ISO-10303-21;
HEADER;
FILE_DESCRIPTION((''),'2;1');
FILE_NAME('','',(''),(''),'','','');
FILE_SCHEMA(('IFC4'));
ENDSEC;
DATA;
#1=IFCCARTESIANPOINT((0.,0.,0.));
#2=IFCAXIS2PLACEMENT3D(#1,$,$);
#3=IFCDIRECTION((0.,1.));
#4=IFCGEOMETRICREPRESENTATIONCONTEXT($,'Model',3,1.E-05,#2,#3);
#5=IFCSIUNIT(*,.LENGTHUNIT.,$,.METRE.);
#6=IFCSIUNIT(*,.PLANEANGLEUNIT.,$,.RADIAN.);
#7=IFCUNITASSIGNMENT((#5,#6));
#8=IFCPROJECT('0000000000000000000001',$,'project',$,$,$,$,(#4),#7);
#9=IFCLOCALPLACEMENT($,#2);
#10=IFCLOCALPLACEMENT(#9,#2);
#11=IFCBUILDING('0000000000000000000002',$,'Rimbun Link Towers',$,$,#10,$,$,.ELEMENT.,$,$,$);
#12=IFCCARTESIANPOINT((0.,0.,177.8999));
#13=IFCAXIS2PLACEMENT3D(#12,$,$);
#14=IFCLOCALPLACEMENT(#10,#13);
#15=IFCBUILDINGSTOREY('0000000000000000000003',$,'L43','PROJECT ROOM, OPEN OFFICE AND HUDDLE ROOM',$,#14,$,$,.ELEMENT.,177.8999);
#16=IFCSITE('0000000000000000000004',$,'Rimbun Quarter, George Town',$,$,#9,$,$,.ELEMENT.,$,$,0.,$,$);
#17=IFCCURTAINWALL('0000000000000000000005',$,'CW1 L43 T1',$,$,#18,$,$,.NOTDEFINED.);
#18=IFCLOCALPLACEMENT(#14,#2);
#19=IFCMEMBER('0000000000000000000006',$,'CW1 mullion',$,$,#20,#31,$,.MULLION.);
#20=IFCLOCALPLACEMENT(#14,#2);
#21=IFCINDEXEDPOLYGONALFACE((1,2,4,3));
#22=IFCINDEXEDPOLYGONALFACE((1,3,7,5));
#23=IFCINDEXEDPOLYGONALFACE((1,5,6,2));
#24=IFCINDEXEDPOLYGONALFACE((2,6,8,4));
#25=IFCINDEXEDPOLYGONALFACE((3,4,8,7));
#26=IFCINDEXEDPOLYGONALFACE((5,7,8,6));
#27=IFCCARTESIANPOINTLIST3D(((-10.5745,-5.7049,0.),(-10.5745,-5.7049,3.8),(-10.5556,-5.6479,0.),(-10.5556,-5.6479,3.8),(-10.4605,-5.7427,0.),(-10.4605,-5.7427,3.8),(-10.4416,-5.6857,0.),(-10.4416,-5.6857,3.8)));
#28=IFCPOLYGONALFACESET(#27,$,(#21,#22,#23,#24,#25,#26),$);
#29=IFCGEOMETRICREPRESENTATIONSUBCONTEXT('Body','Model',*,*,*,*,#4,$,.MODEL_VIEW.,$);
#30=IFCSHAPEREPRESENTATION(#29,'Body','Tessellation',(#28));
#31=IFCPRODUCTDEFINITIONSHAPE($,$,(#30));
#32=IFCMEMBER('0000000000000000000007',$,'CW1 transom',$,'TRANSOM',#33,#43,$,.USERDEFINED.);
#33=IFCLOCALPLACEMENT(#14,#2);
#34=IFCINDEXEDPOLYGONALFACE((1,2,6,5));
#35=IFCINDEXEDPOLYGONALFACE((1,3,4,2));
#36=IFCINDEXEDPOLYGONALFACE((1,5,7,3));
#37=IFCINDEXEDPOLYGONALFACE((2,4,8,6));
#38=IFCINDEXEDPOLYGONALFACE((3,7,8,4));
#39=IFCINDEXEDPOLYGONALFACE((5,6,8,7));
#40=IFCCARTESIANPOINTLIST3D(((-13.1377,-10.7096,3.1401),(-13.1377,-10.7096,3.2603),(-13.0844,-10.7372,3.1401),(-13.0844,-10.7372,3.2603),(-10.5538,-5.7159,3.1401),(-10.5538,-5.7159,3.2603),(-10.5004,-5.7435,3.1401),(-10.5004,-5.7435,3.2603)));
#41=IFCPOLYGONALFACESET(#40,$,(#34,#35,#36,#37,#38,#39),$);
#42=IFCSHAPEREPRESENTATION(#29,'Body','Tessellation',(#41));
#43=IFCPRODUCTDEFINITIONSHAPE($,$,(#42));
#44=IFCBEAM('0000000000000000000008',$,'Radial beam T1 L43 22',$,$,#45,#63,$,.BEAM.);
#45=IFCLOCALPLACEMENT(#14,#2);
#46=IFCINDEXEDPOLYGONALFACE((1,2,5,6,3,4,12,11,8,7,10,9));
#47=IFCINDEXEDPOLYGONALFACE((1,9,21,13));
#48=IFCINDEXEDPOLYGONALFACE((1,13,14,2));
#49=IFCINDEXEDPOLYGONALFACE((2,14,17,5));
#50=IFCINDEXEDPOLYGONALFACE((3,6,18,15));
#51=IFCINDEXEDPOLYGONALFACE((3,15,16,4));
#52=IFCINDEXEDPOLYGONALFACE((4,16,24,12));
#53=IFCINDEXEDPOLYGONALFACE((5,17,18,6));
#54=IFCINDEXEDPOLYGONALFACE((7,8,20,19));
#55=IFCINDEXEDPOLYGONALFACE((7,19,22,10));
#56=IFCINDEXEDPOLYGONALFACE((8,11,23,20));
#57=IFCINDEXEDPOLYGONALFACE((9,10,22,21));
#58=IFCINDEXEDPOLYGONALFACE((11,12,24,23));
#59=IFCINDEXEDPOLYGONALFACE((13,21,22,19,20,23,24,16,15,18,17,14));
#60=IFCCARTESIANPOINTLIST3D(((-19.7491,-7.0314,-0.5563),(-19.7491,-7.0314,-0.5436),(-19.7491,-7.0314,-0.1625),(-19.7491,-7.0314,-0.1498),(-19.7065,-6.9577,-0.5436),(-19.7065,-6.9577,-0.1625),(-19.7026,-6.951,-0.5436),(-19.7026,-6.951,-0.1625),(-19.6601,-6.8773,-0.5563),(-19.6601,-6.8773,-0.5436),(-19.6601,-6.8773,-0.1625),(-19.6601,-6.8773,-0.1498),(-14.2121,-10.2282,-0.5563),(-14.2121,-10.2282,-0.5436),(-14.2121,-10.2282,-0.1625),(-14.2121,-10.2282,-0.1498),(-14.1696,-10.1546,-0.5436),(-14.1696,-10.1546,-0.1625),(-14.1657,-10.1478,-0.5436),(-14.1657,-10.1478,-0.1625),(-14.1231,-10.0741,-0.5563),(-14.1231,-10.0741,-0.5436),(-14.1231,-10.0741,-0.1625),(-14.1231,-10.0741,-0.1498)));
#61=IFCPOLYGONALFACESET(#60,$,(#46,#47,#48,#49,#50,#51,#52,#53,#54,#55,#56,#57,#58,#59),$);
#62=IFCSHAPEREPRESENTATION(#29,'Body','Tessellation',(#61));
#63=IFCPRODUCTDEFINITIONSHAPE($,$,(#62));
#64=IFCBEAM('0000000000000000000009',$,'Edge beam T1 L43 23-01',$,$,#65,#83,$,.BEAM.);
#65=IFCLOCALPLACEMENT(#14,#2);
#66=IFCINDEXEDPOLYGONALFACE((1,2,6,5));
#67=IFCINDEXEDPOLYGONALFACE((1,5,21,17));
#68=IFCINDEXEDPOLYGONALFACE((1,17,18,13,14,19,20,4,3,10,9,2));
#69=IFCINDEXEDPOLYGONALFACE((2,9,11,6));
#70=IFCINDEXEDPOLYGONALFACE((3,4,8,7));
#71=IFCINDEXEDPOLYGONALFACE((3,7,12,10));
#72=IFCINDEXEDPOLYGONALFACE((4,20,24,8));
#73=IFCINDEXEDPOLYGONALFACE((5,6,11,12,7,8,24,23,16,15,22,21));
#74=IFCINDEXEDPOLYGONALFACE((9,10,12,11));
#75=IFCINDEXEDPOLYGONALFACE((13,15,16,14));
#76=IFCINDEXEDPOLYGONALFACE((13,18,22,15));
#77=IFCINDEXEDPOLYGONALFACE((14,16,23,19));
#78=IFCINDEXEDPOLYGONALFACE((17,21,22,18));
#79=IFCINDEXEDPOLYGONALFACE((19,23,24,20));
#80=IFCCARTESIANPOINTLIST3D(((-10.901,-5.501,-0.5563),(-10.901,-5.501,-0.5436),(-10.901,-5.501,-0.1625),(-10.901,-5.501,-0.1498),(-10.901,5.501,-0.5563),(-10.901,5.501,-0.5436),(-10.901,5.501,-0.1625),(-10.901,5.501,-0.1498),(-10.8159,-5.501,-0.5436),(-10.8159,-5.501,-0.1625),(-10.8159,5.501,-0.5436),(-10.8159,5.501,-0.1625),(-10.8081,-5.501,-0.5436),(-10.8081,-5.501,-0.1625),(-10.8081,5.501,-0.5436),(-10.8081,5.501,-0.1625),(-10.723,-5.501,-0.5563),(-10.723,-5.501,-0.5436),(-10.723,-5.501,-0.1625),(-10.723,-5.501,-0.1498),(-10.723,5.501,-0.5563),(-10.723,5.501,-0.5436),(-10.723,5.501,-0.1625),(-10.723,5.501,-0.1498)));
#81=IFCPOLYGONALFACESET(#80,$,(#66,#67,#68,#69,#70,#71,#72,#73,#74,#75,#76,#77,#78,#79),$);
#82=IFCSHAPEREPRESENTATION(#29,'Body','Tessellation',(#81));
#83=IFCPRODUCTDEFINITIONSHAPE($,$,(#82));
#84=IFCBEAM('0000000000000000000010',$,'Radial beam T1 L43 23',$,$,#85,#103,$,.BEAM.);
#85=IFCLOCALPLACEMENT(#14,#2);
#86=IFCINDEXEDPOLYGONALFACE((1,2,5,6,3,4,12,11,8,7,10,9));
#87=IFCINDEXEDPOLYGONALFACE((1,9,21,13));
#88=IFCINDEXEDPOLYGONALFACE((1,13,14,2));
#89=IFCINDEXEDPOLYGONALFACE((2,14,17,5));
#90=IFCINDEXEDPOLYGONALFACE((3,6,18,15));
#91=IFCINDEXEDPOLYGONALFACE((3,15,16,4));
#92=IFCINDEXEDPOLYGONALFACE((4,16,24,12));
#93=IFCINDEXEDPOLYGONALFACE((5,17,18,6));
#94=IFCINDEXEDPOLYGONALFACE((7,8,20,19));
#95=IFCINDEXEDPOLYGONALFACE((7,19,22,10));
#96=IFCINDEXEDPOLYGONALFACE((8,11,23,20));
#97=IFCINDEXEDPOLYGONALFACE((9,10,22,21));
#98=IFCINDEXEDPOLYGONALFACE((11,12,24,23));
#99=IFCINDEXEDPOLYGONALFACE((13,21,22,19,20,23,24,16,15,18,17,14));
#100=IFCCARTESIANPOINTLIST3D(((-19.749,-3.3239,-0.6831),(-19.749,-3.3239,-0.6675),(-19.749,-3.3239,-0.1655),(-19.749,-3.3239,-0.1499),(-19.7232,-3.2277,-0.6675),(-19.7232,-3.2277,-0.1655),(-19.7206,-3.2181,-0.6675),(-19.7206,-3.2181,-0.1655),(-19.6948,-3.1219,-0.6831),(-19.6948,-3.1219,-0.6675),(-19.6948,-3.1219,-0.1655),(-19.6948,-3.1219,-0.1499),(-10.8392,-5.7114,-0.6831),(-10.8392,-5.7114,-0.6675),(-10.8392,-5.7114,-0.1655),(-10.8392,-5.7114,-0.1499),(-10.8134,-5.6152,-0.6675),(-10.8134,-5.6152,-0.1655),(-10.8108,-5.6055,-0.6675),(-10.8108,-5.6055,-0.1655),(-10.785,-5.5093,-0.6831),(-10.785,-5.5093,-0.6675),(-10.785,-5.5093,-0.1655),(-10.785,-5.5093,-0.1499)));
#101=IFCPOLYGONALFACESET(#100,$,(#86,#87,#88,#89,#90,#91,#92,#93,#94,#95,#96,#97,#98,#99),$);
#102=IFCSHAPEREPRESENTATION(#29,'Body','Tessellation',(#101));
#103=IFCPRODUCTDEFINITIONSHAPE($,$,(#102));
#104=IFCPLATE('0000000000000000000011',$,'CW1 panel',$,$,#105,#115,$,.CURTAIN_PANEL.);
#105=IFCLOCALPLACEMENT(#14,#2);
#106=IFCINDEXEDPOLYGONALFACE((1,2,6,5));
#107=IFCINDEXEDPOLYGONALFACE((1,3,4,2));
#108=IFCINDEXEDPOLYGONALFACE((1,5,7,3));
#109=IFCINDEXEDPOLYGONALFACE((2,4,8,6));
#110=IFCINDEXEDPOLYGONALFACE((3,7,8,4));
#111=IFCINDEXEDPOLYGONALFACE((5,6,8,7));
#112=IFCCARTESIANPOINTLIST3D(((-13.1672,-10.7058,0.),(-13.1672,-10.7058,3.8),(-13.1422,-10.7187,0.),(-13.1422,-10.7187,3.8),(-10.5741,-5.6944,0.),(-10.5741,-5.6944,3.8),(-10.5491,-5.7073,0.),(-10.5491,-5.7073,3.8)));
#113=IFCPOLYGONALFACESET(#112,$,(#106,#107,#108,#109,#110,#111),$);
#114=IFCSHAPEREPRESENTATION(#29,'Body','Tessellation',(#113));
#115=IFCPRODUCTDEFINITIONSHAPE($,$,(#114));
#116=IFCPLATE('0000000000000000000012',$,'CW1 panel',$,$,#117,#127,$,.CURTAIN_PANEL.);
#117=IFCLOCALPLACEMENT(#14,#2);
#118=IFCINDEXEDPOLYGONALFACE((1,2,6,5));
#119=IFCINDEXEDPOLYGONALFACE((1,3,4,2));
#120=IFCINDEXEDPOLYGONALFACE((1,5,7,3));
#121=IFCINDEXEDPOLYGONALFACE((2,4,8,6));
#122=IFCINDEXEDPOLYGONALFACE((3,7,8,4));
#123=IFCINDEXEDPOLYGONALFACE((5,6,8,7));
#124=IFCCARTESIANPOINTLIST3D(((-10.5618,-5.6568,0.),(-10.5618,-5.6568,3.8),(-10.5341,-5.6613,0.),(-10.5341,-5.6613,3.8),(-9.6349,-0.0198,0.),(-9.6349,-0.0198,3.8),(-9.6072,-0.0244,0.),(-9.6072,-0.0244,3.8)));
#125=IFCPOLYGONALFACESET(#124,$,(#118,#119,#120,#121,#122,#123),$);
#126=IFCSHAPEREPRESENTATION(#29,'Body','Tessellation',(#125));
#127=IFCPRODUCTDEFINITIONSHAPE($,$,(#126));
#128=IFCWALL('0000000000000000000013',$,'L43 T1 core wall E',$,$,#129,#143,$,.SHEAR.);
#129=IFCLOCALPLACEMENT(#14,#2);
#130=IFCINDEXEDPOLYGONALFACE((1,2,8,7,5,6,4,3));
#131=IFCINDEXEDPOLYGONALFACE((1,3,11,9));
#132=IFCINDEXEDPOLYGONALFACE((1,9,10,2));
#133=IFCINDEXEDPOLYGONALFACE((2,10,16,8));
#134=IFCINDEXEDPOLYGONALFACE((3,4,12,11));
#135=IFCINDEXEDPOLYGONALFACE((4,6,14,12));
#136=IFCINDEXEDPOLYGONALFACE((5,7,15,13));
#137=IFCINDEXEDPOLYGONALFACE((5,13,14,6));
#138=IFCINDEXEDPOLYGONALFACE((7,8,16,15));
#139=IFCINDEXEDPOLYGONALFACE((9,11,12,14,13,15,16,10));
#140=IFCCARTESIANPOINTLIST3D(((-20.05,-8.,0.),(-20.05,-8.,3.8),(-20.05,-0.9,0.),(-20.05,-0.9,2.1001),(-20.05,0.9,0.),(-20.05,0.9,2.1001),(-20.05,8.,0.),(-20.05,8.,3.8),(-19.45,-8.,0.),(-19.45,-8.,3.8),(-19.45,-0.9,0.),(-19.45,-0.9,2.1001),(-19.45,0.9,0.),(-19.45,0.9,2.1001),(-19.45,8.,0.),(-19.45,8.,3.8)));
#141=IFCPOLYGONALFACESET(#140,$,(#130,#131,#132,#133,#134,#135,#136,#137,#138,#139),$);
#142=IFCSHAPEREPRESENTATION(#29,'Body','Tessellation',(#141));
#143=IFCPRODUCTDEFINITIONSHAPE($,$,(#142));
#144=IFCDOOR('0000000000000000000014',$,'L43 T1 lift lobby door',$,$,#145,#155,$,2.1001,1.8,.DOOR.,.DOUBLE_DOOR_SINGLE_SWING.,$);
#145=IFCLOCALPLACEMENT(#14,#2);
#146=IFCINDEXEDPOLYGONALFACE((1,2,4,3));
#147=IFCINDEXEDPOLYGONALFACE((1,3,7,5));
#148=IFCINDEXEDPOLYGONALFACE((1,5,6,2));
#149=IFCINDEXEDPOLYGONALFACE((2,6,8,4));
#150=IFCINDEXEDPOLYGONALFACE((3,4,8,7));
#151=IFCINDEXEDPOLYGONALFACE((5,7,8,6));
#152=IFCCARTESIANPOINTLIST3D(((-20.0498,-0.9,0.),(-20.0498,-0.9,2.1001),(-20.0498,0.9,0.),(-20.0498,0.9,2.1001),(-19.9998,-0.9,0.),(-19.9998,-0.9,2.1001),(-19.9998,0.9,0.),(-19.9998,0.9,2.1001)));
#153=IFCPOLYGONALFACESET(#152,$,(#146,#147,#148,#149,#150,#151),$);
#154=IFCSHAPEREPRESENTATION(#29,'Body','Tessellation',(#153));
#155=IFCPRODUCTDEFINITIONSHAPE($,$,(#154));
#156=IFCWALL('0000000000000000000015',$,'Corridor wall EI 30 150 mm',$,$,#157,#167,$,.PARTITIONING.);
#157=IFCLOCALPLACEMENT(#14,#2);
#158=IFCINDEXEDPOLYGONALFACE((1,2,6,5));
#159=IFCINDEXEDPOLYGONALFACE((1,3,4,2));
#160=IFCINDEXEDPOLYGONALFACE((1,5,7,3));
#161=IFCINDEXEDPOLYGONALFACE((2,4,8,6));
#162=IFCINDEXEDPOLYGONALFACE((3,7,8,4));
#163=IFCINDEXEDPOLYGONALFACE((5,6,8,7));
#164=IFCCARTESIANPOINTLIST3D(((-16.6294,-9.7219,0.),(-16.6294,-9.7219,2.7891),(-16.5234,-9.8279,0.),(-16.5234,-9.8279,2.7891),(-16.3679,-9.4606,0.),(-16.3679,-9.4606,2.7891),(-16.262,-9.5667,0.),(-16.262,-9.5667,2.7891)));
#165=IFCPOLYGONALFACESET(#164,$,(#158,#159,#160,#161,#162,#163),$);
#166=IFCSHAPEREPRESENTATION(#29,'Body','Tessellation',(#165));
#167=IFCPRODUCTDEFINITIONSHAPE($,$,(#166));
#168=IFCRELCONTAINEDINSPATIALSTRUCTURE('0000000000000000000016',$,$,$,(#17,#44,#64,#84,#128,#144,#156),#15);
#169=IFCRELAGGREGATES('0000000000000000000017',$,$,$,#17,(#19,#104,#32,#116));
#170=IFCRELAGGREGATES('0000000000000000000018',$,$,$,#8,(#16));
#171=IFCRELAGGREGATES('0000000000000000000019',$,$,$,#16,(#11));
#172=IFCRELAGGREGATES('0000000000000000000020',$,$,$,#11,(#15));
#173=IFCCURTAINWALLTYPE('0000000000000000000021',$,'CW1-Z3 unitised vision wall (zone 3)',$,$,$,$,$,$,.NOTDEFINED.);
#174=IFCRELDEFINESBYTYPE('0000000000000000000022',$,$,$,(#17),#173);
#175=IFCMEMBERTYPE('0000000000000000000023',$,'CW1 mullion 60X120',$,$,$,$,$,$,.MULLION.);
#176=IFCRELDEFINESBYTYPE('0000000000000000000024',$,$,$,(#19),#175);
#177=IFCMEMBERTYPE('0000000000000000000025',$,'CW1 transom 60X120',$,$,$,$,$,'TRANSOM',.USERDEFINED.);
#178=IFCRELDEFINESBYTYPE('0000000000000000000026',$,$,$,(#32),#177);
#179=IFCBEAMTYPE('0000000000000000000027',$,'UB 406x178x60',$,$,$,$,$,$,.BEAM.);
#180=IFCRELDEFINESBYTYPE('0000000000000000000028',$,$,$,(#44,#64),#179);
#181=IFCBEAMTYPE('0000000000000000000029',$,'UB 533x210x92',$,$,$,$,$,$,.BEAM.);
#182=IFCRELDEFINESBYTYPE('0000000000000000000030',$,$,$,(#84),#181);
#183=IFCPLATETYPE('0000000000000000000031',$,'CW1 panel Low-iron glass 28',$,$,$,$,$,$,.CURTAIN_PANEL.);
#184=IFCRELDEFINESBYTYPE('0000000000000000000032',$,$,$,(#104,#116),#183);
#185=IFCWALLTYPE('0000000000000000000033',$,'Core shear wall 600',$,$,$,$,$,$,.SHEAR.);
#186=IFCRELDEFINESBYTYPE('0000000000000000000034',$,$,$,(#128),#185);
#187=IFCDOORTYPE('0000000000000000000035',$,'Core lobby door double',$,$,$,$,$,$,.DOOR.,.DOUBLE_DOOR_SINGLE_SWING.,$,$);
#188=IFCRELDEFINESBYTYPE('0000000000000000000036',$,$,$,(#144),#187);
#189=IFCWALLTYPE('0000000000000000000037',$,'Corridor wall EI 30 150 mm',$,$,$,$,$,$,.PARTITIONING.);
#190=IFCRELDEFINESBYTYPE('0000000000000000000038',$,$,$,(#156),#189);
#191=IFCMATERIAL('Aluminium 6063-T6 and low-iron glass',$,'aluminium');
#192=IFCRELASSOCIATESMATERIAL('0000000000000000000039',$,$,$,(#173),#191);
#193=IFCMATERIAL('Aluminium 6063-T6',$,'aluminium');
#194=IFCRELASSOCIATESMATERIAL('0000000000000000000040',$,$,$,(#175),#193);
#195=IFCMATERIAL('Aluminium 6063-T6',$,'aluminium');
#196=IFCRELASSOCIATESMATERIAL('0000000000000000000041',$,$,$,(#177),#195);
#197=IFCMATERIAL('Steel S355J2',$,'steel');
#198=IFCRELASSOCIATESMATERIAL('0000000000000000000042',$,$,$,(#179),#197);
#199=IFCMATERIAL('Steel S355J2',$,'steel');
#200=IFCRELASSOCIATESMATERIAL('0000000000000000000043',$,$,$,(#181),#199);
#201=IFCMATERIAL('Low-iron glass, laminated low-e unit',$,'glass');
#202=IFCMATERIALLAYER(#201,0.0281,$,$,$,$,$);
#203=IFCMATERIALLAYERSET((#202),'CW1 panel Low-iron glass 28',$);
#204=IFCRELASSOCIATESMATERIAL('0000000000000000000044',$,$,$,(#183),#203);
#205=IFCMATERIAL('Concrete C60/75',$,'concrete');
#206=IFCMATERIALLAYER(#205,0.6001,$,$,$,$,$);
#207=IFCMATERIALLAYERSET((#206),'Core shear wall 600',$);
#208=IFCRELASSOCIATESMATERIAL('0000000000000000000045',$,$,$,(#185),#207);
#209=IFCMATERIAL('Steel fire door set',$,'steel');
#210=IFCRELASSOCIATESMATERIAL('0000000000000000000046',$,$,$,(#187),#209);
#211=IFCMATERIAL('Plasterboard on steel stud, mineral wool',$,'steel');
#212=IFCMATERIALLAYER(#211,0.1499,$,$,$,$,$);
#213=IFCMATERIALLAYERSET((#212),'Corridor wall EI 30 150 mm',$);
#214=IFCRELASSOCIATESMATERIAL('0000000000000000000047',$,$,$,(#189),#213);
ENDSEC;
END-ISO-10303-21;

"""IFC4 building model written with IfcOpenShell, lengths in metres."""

from ifc_helpers import new_model, si_unit, direction, frame, frame_2d, origin, origin_2d, place, context, subcontext, project, spatial, rectangle, i_section, extrude, material, layer, layer_set, material_profile, profile_set, type_object, element, fill, aggregate, save


model = new_model("IFC4")

# Units and contexts
model_context = context("Model", 3, precision=1e-05, world=origin(), true_north=direction((0.0, 1.0)))
body_context = subcontext(model_context, "Body", "Model", "MODEL_VIEW")
ifc_project = project(units=[si_unit("LENGTHUNIT", "METRE"), si_unit("PLANEANGLEUNIT", "RADIAN")], contexts=[model_context])

# Site, building, storey
site_placement = place(None, origin())
site = spatial("IfcSite", under=ifc_project, at=site_placement, Name="Rimbun Quarter, George Town", CompositionType="ELEMENT", RefElevation=0.0)
building_placement = place(site_placement, origin())
building = spatial("IfcBuilding", under=site, at=building_placement, Name="Rimbun Link Towers", CompositionType="ELEMENT")
storey_placement = place(building_placement, frame((0.0, 0.0, 177.8999)))
storey = spatial("IfcBuildingStorey", under=building, at=storey_placement, Name="L43", Description="PROJECT ROOM, OPEN OFFICE AND HUDDLE ROOM", CompositionType="ELEMENT", Elevation=177.8999)

# Curtain wall, members
ifc_material_1 = material(Name="Aluminium 6063-T6 and low-iron glass", Category="aluminium")
curtain_wall_type = type_object("IfcCurtainWallType", Name="CW1-Z3 unitised vision wall (zone 3)", PredefinedType="NOTDEFINED", material=ifc_material_1)
curtain_wall_placement = place(storey_placement, origin())
curtain_wall = element("IfcCurtainWall", 1, at=curtain_wall_placement, inside=storey, type_object=curtain_wall_type, Name="CW1 L43 T1", PredefinedType="NOTDEFINED")
ifc_material_2 = material(Name="Aluminium 6063-T6", Category="aluminium")
ifc_material_profile_1 = material_profile(ifc_material_2, rectangle(XDim=0.1201, YDim=0.0601, at=origin_2d()), Name="MULLION 60X120")
ifc_profile_set_1 = profile_set([ifc_material_profile_1], Name="Aluminium 6063-T6")
member_type_1 = type_object("IfcMemberType", Name="CW1 mullion 60X120", PredefinedType="MULLION", material=ifc_profile_set_1)
member_1_placement = place(storey_placement, frame((-10.5081, -5.6953, 0.0), z_axis=(0.0, 0.0, 1.0), x_axis=(0.949161, -0.314791, 0.0)))
member_1 = element("IfcMember", 2, at=member_1_placement, type_object=member_type_1, Name="CW1 mullion", PredefinedType="MULLION", context=body_context, shape_type="SweptSolid", body=[
    extrude(rectangle(XDim=0.1201, YDim=0.0601, at=origin_2d()), origin(), (0.0, 0.0, 1.0), 3.8),
])
ifc_material_3 = material(Name="Aluminium 6063-T6", Category="aluminium")
ifc_material_profile_2 = material_profile(ifc_material_3, rectangle(XDim=0.0601, YDim=0.1201, at=origin_2d()), Name="TRANSOM 60X120")
ifc_profile_set_2 = profile_set([ifc_material_profile_2], Name="Aluminium 6063-T6")
member_type_2 = type_object("IfcMemberType", Name="CW1 transom 60X120", ElementType="TRANSOM", PredefinedType="USERDEFINED", material=ifc_profile_set_2)
member_2_placement = place(storey_placement, frame((-10.5271, -5.7297, 3.2002), z_axis=(-0.459572, -0.888141, 0.0), x_axis=(0.888141, -0.459572, 0.0)))
member_2 = element("IfcMember", 3, at=member_2_placement, type_object=member_type_2, Name="CW1 transom", ObjectType="TRANSOM", PredefinedType="USERDEFINED", context=body_context, shape_type="SweptSolid", body=[
    extrude(rectangle(XDim=0.0601, YDim=0.1201, at=origin_2d()), origin(), (0.0, 0.0, 1.0), 5.6226),
])

# Beams
ifc_material_4 = material(Name="Steel S355J2", Category="steel")
ifc_material_profile_3 = material_profile(ifc_material_4, i_section(OverallWidth=0.178, OverallDepth=0.4065, WebThickness=0.0078, FlangeThickness=0.0127, at=origin_2d()), Name="UB 406x178x60")
ifc_profile_set_3 = profile_set([ifc_material_profile_3], Name="Steel S355J2")
beam_type_1 = type_object("IfcBeamType", Name="UB 406x178x60", PredefinedType="BEAM", material=ifc_profile_set_3)
beam_1_placement = place(storey_placement, frame((-19.7046, -6.9543, -0.353), z_axis=(0.866021, -0.500008, 0.0), x_axis=(0.500008, 0.866021, 0.0)))
element("IfcBeam", 4, at=beam_1_placement, inside=storey, type_object=beam_type_1, Name="Radial beam T1 L43 22", PredefinedType="BEAM", context=body_context, shape_type="SweptSolid", body=[
    extrude(i_section(OverallWidth=0.178, OverallDepth=0.4065, WebThickness=0.0078, FlangeThickness=0.0127, at=origin_2d()), origin(), (0.0, 0.0, 1.0), 6.3936),
])
beam_2_placement = place(storey_placement, frame((-10.812, -5.501, -0.353), z_axis=(0.0, 1.0, 0.0), x_axis=(-1.0, 0.0, 0.0)))
element("IfcBeam", 5, at=beam_2_placement, inside=storey, type_object=beam_type_1, Name="Edge beam T1 L43 23-01", PredefinedType="BEAM", context=body_context, shape_type="SweptSolid", body=[
    extrude(i_section(OverallWidth=0.178, OverallDepth=0.4065, WebThickness=0.0078, FlangeThickness=0.0127, at=origin_2d()), origin(), (0.0, 0.0, 1.0), 11.002),
])
ifc_material_5 = material(Name="Steel S355J2", Category="steel")
ifc_material_profile_4 = material_profile(ifc_material_5, i_section(OverallWidth=0.2092, OverallDepth=0.5332, WebThickness=0.01, FlangeThickness=0.0156, at=origin_2d()), Name="UB 533x210x92")
ifc_profile_set_4 = profile_set([ifc_material_profile_4], Name="Steel S355J2")
beam_type_2 = type_object("IfcBeamType", Name="UB 533x210x92", PredefinedType="BEAM", material=ifc_profile_set_4)
beam_3_placement = place(storey_placement, frame((-19.7219, -3.2229, -0.4165), z_axis=(0.965925, -0.258824, 0.0), x_axis=(0.258824, 0.965925, 0.0)))
element("IfcBeam", 6, at=beam_3_placement, inside=storey, type_object=beam_type_2, Name="Radial beam T1 L43 23", PredefinedType="BEAM", context=body_context, shape_type="SweptSolid", body=[
    extrude(i_section(OverallWidth=0.2092, OverallDepth=0.5332, WebThickness=0.01, FlangeThickness=0.0156, at=origin_2d()), origin(), (0.0, 0.0, 1.0), 9.2241),
])

# Plates
ifc_material_6 = material(Name="Low-iron glass, laminated low-e unit", Category="glass")
ifc_layer_1 = layer(ifc_material_6, 0.0281)
ifc_layer_set_1 = layer_set([ifc_layer_1], Name="CW1 panel Low-iron glass 28")
plate_type = type_object("IfcPlateType", Name="CW1 panel Low-iron glass 28", PredefinedType="CURTAIN_PANEL", material=ifc_layer_set_1)
plate_1_placement = place(storey_placement, frame((-11.8582, -8.2065, 0.0), z_axis=(0.0, 0.0, 1.0), x_axis=(-0.459559, -0.888147, 0.0)))
plate_1 = element("IfcPlate", 7, at=plate_1_placement, type_object=plate_type, Name="CW1 panel", PredefinedType="CURTAIN_PANEL", context=body_context, shape_type="SweptSolid", body=[
    extrude(rectangle(XDim=5.6426, YDim=0.0281, at=origin_2d()), origin(), (0.0, 0.0, 1.0), 3.8),
])
plate_2_placement = place(storey_placement, frame((-10.0845, -2.8406, 0.0), z_axis=(0.0, 0.0, 1.0), x_axis=(-0.162253, -0.986749, 0.0)))
plate_2 = element("IfcPlate", 8, at=plate_2_placement, type_object=plate_type, Name="CW1 panel", PredefinedType="CURTAIN_PANEL", context=body_context, shape_type="SweptSolid", body=[
    extrude(rectangle(XDim=5.7126, YDim=0.0281, at=origin_2d()), origin(), (0.0, 0.0, 1.0), 3.8),
])
aggregate(curtain_wall, [member_1, plate_1, member_2, plate_2])

# Wall, opening, door
ifc_material_7 = material(Name="Concrete C60/75", Category="concrete")
ifc_layer_2 = layer(ifc_material_7, 0.6001)
ifc_layer_set_2 = layer_set([ifc_layer_2], Name="Core shear wall 600")
wall_type_1 = type_object("IfcWallType", Name="Core shear wall 600", PredefinedType="SHEAR", material=ifc_layer_set_2)
wall_1_placement = place(storey_placement, frame((-19.75, -8.0, 0.0), z_axis=(0.0, 0.0, 1.0), x_axis=(0.0, 1.0, 0.0)))
wall_1 = element("IfcWall", 9, at=wall_1_placement, inside=storey, type_object=wall_type_1, Name="L43 T1 core wall E", PredefinedType="SHEAR", context=body_context, shape_type="SweptSolid", body=[
    extrude(rectangle(XDim=16.0, YDim=0.6001, at=frame_2d((8.0, 0.0))), origin(), (0.0, 0.0, 1.0), 3.8),
])
opening_1_placement = place(wall_1_placement, frame((7.1001, 0.0, 0.0)))
opening_1 = element("IfcOpeningElement", 10, at=opening_1_placement, cuts=wall_1, PredefinedType="OPENING", context=body_context, shape_type="SweptSolid", body=[
    extrude(rectangle(XDim=1.8, YDim=2.1001, at=frame_2d((0.8999, 1.05))), frame((0.0, 0.3101, 0.0), z_axis=(0.0, -1.0, 0.0), x_axis=(1.0, 0.0, 0.0)), (0.0, 0.0, 1.0), 0.6201),
])
ifc_material_8 = material(Name="Steel fire door set", Category="steel")
door_type_1 = type_object("IfcDoorType", Name="Core lobby door double", OperationType="DOUBLE_DOOR_SINGLE_SWING", PredefinedType="DOOR", material=ifc_material_8)
door_1_placement = place(opening_1_placement, origin())
door_1 = element("IfcDoor", 11, at=door_1_placement, inside=storey, type_object=door_type_1, Name="L43 T1 lift lobby door", OperationType="DOUBLE_DOOR_SINGLE_SWING", OverallHeight=2.1001, OverallWidth=1.8, PredefinedType="DOOR", context=body_context, shape_type="SweptSolid", body=[
    extrude(rectangle(XDim=1.8, YDim=2.1001, at=frame_2d((0.8999, 1.05))), frame((0.0, 0.2998, 0.0), z_axis=(0.0, -1.0, 0.0), x_axis=(1.0, 0.0, 0.0)), (0.0, 0.0, 1.0), 0.05),
])
fill(opening_1, door_1)

# Wall
ifc_material_9 = material(Name="Plasterboard on steel stud, mineral wool", Category="steel")
ifc_layer_3 = layer(ifc_material_9, 0.1499)
ifc_layer_set_3 = layer_set([ifc_layer_3], Name="Corridor wall EI 30 150 mm")
wall_type_2 = type_object("IfcWallType", Name="Corridor wall EI 30 150 mm", PredefinedType="PARTITIONING", material=ifc_layer_set_3)
wall_2_placement = place(storey_placement, frame((-16.5764, -9.7749, 0.0), z_axis=(0.0, 0.0, 1.0), x_axis=(0.707437, 0.706776, 0.0)))
element("IfcWall", 12, at=wall_2_placement, inside=storey, type_object=wall_type_2, Name="Corridor wall EI 30 150 mm", PredefinedType="PARTITIONING", context=body_context, shape_type="SweptSolid", body=[
    extrude(rectangle(XDim=0.3696, YDim=0.1499, at=frame_2d((0.1848, 0.0))), origin(), (0.0, 0.0, 1.0), 2.7891),
])

save(model, "model.ifc")
